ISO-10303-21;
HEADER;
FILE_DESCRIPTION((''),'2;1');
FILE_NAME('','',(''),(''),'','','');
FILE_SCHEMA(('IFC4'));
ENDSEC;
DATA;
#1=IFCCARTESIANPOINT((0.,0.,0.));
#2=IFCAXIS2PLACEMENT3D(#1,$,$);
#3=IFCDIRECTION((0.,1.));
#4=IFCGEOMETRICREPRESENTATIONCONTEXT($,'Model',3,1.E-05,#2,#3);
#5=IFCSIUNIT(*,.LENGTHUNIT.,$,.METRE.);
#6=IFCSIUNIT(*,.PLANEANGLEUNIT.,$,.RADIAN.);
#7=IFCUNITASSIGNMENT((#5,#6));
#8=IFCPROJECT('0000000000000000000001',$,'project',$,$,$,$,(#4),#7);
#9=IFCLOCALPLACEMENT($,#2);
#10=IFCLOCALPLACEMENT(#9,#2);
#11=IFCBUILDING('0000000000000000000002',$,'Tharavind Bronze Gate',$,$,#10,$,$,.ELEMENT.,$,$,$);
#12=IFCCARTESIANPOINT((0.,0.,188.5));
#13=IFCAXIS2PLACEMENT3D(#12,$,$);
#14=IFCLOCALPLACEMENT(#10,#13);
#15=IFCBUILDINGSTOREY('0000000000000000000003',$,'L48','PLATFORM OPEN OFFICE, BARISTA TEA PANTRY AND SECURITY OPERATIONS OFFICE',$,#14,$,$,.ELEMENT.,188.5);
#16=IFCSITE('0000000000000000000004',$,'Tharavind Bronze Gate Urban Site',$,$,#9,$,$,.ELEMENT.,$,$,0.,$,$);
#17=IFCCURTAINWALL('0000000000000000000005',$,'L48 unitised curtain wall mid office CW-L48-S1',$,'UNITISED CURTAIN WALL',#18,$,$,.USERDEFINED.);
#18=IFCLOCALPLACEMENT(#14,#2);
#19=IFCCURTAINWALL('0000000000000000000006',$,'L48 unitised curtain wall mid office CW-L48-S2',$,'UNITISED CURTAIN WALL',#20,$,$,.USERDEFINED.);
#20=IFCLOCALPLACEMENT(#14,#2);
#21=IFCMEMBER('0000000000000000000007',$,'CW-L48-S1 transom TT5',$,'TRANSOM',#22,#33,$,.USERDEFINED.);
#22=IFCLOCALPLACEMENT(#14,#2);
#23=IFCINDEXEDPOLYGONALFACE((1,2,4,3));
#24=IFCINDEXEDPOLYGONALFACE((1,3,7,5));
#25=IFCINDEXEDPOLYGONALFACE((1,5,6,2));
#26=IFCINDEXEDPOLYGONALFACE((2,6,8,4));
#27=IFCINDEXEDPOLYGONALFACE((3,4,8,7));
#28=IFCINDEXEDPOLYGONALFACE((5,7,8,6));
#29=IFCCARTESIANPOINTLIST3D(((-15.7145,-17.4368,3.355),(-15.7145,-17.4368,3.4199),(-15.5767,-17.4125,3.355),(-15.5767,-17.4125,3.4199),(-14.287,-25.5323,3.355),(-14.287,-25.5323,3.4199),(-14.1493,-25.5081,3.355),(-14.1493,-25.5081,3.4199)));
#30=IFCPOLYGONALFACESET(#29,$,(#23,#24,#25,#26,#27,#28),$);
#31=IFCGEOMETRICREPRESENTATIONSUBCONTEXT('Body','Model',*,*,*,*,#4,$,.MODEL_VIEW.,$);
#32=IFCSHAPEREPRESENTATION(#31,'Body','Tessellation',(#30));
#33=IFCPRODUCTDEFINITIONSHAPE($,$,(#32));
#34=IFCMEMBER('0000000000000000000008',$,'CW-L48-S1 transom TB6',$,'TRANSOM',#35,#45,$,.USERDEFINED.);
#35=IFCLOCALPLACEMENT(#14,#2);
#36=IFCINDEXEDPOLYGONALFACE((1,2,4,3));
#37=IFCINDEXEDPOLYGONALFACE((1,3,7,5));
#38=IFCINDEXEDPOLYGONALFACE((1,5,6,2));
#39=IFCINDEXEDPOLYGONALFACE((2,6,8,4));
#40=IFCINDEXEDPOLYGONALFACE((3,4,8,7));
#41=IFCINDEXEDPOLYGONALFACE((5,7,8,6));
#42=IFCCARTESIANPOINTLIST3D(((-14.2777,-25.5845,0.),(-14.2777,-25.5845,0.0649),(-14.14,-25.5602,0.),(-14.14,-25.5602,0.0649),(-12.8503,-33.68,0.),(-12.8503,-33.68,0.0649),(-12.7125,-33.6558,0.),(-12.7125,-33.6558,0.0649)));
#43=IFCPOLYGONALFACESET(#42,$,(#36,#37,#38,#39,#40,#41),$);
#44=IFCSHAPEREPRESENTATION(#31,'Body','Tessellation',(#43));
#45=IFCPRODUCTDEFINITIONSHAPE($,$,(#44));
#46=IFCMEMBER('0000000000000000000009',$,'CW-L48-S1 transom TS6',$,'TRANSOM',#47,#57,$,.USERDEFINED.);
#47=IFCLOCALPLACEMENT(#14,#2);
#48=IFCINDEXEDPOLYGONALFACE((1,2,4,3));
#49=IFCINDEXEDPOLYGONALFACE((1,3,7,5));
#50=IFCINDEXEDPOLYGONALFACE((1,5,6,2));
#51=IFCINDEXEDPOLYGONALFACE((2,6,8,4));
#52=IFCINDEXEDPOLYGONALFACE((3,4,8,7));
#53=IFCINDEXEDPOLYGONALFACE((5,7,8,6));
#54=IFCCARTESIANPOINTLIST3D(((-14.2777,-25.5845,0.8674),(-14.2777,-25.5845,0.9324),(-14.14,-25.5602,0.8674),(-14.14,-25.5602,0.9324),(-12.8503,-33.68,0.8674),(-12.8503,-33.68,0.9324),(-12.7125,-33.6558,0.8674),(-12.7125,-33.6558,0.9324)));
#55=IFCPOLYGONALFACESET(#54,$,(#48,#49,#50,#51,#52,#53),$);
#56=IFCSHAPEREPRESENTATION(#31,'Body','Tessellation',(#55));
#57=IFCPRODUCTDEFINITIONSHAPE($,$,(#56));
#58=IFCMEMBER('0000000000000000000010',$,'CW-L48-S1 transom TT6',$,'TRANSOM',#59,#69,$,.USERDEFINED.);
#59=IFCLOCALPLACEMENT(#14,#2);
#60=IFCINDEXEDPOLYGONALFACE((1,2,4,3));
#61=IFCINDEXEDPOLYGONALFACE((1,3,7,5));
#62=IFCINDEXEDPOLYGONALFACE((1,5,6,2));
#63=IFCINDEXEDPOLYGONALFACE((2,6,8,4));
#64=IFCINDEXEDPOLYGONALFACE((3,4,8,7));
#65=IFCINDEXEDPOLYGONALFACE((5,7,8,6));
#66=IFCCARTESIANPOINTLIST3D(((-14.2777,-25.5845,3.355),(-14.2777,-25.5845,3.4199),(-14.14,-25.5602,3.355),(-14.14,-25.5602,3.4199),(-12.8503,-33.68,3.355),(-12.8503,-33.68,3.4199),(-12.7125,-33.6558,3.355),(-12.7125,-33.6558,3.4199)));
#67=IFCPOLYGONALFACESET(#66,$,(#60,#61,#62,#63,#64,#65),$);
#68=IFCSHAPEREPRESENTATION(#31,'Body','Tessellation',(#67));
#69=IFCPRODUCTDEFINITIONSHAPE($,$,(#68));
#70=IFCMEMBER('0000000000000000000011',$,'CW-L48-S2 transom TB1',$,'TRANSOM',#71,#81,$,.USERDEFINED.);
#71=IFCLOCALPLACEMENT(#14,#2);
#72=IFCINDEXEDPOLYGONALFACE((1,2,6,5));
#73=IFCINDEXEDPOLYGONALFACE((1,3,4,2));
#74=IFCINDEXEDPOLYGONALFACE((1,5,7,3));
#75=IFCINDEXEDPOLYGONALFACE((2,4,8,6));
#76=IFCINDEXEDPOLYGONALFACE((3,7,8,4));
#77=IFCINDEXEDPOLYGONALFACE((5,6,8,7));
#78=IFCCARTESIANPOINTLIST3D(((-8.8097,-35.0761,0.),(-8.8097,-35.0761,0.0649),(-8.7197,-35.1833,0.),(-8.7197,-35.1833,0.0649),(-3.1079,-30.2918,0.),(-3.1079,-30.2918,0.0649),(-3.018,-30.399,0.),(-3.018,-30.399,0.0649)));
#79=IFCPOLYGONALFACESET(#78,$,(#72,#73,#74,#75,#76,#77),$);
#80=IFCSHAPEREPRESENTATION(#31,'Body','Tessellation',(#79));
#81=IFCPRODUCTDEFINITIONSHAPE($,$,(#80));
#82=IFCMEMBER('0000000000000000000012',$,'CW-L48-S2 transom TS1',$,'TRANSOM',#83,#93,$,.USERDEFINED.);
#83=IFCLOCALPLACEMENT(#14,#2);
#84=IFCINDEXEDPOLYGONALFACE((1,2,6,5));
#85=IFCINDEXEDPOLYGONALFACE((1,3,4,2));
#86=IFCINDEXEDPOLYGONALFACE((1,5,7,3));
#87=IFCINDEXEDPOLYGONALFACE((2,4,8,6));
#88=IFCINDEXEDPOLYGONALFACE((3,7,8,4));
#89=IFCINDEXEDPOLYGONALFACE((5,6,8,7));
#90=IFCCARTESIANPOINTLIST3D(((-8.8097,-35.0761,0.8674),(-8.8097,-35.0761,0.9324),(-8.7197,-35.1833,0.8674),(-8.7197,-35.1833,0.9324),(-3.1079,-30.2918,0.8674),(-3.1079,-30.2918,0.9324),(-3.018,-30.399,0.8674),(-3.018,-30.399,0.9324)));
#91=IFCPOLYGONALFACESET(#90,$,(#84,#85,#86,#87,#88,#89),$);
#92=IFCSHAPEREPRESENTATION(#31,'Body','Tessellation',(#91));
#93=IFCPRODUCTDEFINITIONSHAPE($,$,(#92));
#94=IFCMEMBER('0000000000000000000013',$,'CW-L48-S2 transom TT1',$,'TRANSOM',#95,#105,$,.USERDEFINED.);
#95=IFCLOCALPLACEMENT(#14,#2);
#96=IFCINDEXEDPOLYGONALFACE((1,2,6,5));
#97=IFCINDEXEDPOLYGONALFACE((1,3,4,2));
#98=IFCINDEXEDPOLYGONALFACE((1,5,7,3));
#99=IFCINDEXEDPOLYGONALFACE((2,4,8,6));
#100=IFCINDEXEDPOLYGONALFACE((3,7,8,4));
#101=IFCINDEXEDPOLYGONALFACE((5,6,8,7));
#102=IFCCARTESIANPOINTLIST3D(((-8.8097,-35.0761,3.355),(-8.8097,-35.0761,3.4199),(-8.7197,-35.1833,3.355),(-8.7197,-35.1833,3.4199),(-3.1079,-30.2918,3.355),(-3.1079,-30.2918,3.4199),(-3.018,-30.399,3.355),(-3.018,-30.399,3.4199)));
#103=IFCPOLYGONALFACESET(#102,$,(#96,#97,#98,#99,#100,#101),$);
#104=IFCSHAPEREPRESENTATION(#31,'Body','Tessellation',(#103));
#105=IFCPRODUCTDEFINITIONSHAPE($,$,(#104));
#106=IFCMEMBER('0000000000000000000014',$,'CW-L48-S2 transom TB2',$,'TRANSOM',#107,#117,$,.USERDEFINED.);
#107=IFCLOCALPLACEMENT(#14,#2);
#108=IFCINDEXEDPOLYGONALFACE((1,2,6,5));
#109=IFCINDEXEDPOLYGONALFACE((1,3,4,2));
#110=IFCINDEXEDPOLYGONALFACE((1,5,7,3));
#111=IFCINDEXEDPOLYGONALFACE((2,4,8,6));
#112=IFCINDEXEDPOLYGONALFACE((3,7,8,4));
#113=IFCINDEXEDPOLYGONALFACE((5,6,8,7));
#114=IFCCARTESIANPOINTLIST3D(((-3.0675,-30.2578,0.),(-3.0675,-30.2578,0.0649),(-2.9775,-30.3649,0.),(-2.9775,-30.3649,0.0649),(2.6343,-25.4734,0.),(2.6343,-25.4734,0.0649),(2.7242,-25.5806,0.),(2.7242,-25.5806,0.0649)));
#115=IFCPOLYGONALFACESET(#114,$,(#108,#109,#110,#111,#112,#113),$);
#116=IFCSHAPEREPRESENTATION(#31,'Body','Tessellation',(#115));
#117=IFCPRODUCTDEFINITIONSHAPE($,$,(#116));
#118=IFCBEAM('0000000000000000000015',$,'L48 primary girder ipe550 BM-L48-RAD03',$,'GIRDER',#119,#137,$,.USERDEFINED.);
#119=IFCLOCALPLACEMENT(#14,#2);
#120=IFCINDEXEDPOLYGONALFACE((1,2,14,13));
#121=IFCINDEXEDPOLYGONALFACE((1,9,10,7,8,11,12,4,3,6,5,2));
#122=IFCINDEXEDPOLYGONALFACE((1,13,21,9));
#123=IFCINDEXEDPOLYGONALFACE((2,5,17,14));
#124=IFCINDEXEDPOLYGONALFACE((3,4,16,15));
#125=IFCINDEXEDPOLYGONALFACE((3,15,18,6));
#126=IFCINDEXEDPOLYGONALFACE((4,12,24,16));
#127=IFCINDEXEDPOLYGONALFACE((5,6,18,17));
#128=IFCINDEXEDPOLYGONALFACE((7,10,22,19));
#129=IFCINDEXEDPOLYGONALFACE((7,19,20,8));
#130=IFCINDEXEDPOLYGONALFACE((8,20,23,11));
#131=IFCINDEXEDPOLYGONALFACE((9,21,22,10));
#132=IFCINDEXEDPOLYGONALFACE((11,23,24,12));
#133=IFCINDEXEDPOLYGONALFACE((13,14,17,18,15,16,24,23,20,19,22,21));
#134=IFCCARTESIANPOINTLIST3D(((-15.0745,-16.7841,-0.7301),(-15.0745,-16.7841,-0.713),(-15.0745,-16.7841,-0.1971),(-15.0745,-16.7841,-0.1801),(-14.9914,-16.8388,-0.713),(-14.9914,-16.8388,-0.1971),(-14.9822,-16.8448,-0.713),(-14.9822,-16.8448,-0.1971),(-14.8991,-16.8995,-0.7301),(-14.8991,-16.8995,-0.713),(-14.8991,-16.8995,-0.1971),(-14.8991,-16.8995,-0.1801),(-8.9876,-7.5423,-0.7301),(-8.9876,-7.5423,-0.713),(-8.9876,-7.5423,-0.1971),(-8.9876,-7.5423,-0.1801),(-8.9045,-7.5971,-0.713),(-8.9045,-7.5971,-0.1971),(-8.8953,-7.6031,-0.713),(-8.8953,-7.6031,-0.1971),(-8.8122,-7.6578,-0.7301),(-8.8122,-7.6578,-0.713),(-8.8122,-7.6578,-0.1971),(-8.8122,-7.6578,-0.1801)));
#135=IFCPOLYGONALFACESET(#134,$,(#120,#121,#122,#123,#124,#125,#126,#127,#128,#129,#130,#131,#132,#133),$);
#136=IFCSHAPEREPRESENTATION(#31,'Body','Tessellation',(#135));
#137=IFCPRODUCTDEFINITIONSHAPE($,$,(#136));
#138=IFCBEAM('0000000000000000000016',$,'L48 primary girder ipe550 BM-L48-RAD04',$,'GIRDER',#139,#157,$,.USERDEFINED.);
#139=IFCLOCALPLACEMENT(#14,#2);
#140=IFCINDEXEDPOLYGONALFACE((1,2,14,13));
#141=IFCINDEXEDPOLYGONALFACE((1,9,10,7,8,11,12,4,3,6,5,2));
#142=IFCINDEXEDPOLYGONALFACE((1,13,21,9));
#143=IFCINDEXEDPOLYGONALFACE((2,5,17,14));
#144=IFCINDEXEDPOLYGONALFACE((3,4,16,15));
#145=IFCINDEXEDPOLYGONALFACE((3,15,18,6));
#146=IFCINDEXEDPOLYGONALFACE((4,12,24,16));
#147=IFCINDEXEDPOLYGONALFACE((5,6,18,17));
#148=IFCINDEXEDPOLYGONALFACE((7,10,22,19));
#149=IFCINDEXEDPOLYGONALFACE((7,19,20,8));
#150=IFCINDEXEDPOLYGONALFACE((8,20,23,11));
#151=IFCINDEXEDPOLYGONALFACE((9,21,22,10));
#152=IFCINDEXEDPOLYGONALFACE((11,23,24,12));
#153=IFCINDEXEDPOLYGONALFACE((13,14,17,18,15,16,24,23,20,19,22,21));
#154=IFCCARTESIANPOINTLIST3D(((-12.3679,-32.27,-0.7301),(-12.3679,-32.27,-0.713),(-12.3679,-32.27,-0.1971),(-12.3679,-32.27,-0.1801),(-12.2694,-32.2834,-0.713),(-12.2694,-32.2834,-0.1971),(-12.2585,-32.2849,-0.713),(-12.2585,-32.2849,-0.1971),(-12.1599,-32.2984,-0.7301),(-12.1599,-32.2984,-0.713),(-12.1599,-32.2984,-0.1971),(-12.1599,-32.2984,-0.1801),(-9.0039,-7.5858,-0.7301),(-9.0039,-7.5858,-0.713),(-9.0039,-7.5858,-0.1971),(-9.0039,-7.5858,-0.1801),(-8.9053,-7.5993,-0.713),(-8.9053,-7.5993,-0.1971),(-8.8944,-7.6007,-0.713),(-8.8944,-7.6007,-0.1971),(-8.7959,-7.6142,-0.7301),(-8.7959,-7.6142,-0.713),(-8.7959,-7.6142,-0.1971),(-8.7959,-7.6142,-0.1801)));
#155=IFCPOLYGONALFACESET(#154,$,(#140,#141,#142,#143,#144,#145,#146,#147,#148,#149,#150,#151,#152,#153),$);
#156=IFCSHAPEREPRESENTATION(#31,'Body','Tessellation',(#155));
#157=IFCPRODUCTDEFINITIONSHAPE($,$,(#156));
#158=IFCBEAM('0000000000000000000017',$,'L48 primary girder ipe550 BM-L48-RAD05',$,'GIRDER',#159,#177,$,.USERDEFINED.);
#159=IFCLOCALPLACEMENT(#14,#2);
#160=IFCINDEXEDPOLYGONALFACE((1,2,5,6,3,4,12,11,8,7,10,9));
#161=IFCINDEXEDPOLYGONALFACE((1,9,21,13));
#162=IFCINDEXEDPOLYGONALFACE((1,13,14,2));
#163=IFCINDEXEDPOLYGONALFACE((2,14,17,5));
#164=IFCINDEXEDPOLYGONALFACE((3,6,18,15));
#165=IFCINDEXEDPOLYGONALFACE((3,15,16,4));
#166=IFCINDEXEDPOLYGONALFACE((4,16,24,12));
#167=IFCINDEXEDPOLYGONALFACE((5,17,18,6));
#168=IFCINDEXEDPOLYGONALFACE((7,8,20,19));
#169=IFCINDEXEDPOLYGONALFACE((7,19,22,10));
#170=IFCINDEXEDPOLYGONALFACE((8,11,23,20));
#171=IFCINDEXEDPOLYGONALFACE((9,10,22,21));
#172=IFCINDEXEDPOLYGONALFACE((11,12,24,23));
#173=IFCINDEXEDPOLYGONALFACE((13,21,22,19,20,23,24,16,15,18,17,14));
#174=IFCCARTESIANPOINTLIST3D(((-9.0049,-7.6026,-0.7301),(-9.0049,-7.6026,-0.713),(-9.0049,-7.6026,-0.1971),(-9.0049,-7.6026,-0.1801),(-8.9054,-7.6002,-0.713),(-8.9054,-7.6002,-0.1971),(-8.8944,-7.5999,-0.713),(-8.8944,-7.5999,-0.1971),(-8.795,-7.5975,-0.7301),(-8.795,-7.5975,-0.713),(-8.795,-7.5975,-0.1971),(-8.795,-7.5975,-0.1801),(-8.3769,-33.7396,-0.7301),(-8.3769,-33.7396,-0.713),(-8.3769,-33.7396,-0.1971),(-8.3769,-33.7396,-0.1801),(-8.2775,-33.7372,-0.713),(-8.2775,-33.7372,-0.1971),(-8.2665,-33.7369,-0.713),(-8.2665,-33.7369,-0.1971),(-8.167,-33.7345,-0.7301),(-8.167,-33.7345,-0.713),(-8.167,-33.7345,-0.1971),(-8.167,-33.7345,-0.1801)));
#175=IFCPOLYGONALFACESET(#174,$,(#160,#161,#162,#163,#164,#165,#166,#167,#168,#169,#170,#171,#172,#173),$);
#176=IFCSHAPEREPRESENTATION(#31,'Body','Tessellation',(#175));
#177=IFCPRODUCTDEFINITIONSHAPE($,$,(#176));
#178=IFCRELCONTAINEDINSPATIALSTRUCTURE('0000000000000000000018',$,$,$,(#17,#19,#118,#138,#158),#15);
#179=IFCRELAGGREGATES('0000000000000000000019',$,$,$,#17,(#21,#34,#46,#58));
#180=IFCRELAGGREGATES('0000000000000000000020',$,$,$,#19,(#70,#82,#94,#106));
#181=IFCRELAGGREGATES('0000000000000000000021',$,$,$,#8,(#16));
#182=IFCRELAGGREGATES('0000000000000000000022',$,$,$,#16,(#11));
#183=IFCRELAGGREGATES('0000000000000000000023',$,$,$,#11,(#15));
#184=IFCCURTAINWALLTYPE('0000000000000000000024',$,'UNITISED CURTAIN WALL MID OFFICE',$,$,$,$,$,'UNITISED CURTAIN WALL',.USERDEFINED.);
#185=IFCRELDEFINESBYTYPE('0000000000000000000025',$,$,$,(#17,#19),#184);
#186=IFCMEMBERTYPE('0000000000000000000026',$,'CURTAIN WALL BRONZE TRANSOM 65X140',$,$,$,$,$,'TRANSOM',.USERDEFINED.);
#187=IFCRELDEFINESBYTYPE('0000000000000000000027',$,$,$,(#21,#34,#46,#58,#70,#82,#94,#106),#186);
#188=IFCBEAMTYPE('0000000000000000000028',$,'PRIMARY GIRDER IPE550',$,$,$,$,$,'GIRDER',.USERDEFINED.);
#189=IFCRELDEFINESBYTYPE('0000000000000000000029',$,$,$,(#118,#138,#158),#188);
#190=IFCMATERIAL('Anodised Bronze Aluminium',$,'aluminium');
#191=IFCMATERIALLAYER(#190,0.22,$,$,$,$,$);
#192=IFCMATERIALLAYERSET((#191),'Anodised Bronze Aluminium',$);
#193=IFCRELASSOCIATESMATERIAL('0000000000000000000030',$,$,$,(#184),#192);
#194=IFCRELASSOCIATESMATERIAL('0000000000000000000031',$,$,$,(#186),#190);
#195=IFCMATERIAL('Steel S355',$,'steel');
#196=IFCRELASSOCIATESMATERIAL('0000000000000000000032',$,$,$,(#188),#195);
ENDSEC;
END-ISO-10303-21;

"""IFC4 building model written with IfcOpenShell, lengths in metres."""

from ifc_helpers import new_model, si_unit, direction, frame, origin, origin_2d, place, context, subcontext, project, spatial, rectangle, i_section, extrude, material, layer, layer_set, material_profile, profile_set, type_object, element, aggregate, save


model = new_model("IFC4")

# Units and contexts
model_context = context("Model", 3, precision=1e-05, world=origin(), true_north=direction((0.0, 1.0)))
body_context = subcontext(model_context, "Body", "Model", "MODEL_VIEW")
ifc_project = project(units=[si_unit("LENGTHUNIT", "METRE"), si_unit("PLANEANGLEUNIT", "RADIAN")], contexts=[model_context])

# Site, building, storey
site_placement = place(None, origin())
site = spatial("IfcSite", under=ifc_project, at=site_placement, Name="Tharavind Bronze Gate Urban Site", CompositionType="ELEMENT", RefElevation=0.0)
building_placement = place(site_placement, origin())
building = spatial("IfcBuilding", under=site, at=building_placement, Name="Tharavind Bronze Gate", CompositionType="ELEMENT")
storey_placement = place(building_placement, frame((0.0, 0.0, 188.5)))
storey = spatial("IfcBuildingStorey", under=building, at=storey_placement, Name="L48", Description="PLATFORM OPEN OFFICE, BARISTA TEA PANTRY AND SECURITY OPERATIONS OFFICE", CompositionType="ELEMENT", Elevation=188.5)

# Curtain walls
ifc_material_1 = material(Name="Anodised Bronze Aluminium", Category="aluminium")
ifc_layer_1 = layer(ifc_material_1, 0.22)
ifc_layer_set_1 = layer_set([ifc_layer_1], Name="Anodised Bronze Aluminium")
curtain_wall_type = type_object("IfcCurtainWallType", Name="UNITISED CURTAIN WALL MID OFFICE", ElementType="UNITISED CURTAIN WALL", PredefinedType="USERDEFINED", material=ifc_layer_set_1)
curtain_wall_1_placement = place(storey_placement, origin())
curtain_wall_1 = element("IfcCurtainWall", 1, at=curtain_wall_1_placement, inside=storey, type_object=curtain_wall_type, Name="L48 unitised curtain wall mid office CW-L48-S1", ObjectType="UNITISED CURTAIN WALL", PredefinedType="USERDEFINED")
curtain_wall_2_placement = place(storey_placement, origin())
curtain_wall_2 = element("IfcCurtainWall", 2, at=curtain_wall_2_placement, inside=storey, type_object=curtain_wall_type, Name="L48 unitised curtain wall mid office CW-L48-S2", ObjectType="UNITISED CURTAIN WALL", PredefinedType="USERDEFINED")

# Members
member_type_1 = type_object("IfcMemberType", Name="CURTAIN WALL BRONZE TRANSOM 65X140", ElementType="TRANSOM", PredefinedType="USERDEFINED", material=ifc_material_1)
member_1_placement = place(storey_placement, frame((-14.9319, -21.4724, 3.355), z_axis=(0.0, 0.0, 1.0), x_axis=(0.173648, -0.984808, 0.0)))
member_1 = element("IfcMember", 3, at=member_1_placement, type_object=member_type_1, Name="CW-L48-S1 transom TT5", ObjectType="TRANSOM", PredefinedType="USERDEFINED", context=body_context, shape_type="SweptSolid", body=[
    extrude(rectangle(XDim=8.2205, YDim=0.1399, at=origin_2d()), origin(), (0.0, 0.0, 1.0), 0.0649),
])
member_2_placement = place(storey_placement, frame((-13.4951, -29.6201, 0.0), z_axis=(0.0, 0.0, 1.0), x_axis=(0.173648, -0.984808, 0.0)))
member_2 = element("IfcMember", 4, at=member_2_placement, type_object=member_type_1, Name="CW-L48-S1 transom TB6", ObjectType="TRANSOM", PredefinedType="USERDEFINED", context=body_context, shape_type="SweptSolid", body=[
    extrude(rectangle(XDim=8.2205, YDim=0.1399, at=origin_2d()), origin(), (0.0, 0.0, 1.0), 0.0649),
])
member_3_placement = place(storey_placement, frame((-13.4951, -29.6201, 0.8674), z_axis=(0.0, 0.0, 1.0), x_axis=(0.173648, -0.984808, 0.0)))
member_3 = element("IfcMember", 5, at=member_3_placement, type_object=member_type_1, Name="CW-L48-S1 transom TS6", ObjectType="TRANSOM", PredefinedType="USERDEFINED", context=body_context, shape_type="SweptSolid", body=[
    extrude(rectangle(XDim=8.2205, YDim=0.1399, at=origin_2d()), origin(), (0.0, 0.0, 1.0), 0.0649),
])
member_4_placement = place(storey_placement, frame((-13.4951, -29.6201, 3.355), z_axis=(0.0, 0.0, 1.0), x_axis=(0.173648, -0.984808, 0.0)))
member_4 = element("IfcMember", 6, at=member_4_placement, type_object=member_type_1, Name="CW-L48-S1 transom TT6", ObjectType="TRANSOM", PredefinedType="USERDEFINED", context=body_context, shape_type="SweptSolid", body=[
    extrude(rectangle(XDim=8.2205, YDim=0.1399, at=origin_2d()), origin(), (0.0, 0.0, 1.0), 0.0649),
])
member_5_placement = place(storey_placement, frame((-5.9138, -32.7375, 0.0), z_axis=(0.0, 0.0, 1.0), x_axis=(0.766043, 0.642789, 0.0)))
member_5 = element("IfcMember", 7, at=member_5_placement, type_object=member_type_1, Name="CW-L48-S2 transom TB1", ObjectType="TRANSOM", PredefinedType="USERDEFINED", context=body_context, shape_type="SweptSolid", body=[
    extrude(rectangle(XDim=7.4431, YDim=0.1399, at=origin_2d()), origin(), (0.0, 0.0, 1.0), 0.0649),
])
member_6_placement = place(storey_placement, frame((-5.9138, -32.7375, 0.8674), z_axis=(0.0, 0.0, 1.0), x_axis=(0.766043, 0.642789, 0.0)))
member_6 = element("IfcMember", 8, at=member_6_placement, type_object=member_type_1, Name="CW-L48-S2 transom TS1", ObjectType="TRANSOM", PredefinedType="USERDEFINED", context=body_context, shape_type="SweptSolid", body=[
    extrude(rectangle(XDim=7.4431, YDim=0.1399, at=origin_2d()), origin(), (0.0, 0.0, 1.0), 0.0649),
])
member_7_placement = place(storey_placement, frame((-5.9138, -32.7375, 3.355), z_axis=(0.0, 0.0, 1.0), x_axis=(0.766043, 0.642789, 0.0)))
member_7 = element("IfcMember", 9, at=member_7_placement, type_object=member_type_1, Name="CW-L48-S2 transom TT1", ObjectType="TRANSOM", PredefinedType="USERDEFINED", context=body_context, shape_type="SweptSolid", body=[
    extrude(rectangle(XDim=7.4431, YDim=0.1399, at=origin_2d()), origin(), (0.0, 0.0, 1.0), 0.0649),
])
member_8_placement = place(storey_placement, frame((-0.1716, -27.9192, 0.0), z_axis=(0.0, 0.0, 1.0), x_axis=(0.766043, 0.642789, 0.0)))
member_8 = element("IfcMember", 10, at=member_8_placement, type_object=member_type_1, Name="CW-L48-S2 transom TB2", ObjectType="TRANSOM", PredefinedType="USERDEFINED", context=body_context, shape_type="SweptSolid", body=[
    extrude(rectangle(XDim=7.4431, YDim=0.1399, at=origin_2d()), origin(), (0.0, 0.0, 1.0), 0.0649),
])

# Beams
ifc_material_2 = material(Name="Steel S355", Category="steel")
ifc_material_profile_1 = material_profile(ifc_material_2, i_section(OverallWidth=0.21, OverallDepth=0.55, WebThickness=0.011, FlangeThickness=0.0171, at=origin_2d()), Name="IPE550")
ifc_profile_set_1 = profile_set([ifc_material_profile_1], Name="Steel S355")
beam_type_1 = type_object("IfcBeamType", Name="PRIMARY GIRDER IPE550", ElementType="GIRDER", PredefinedType="USERDEFINED", material=ifc_profile_set_1)
beam_1_placement = place(storey_placement, frame((-14.9868, -16.8418, -0.4551), z_axis=(0.550048, 0.835133, 0.0), x_axis=(-0.835133, 0.550048, 0.0)))
element("IfcBeam", 11, at=beam_1_placement, inside=storey, type_object=beam_type_1, Name="L48 primary girder ipe550 BM-L48-RAD03", ObjectType="GIRDER", PredefinedType="USERDEFINED", context=body_context, shape_type="SweptSolid", body=[
    extrude(i_section(OverallWidth=0.21, OverallDepth=0.55, WebThickness=0.011, FlangeThickness=0.0171, at=origin_2d()), origin(), (0.0, 0.0, 1.0), 11.0662),
])
beam_2_placement = place(storey_placement, frame((-12.2639, -32.2842, -0.4551), z_axis=(0.135034, 0.990841, 0.0), x_axis=(-0.990841, 0.135034, 0.0)))
element("IfcBeam", 12, at=beam_2_placement, inside=storey, type_object=beam_type_1, Name="L48 primary girder ipe550 BM-L48-RAD04", ObjectType="GIRDER", PredefinedType="USERDEFINED", context=body_context, shape_type="SweptSolid", body=[
    extrude(i_section(OverallWidth=0.21, OverallDepth=0.55, WebThickness=0.011, FlangeThickness=0.0171, at=origin_2d()), origin(), (0.0, 0.0, 1.0), 24.9124),
])
beam_3_placement = place(storey_placement, frame((-8.272, -33.7371, -0.4551), z_axis=(-0.024018, 0.999712, 0.0), x_axis=(-0.999712, -0.024018, 0.0)))
element("IfcBeam", 13, at=beam_3_placement, inside=storey, type_object=beam_type_1, Name="L48 primary girder ipe550 BM-L48-RAD05", ObjectType="GIRDER", PredefinedType="USERDEFINED", context=body_context, shape_type="SweptSolid", body=[
    extrude(i_section(OverallWidth=0.21, OverallDepth=0.55, WebThickness=0.011, FlangeThickness=0.0171, at=origin_2d()), origin(), (0.0, 0.0, 1.0), 26.1445),
])

aggregate(curtain_wall_1, [member_1, member_2, member_3, member_4])
aggregate(curtain_wall_2, [member_5, member_6, member_7, member_8])

save(model, "model.ifc")
